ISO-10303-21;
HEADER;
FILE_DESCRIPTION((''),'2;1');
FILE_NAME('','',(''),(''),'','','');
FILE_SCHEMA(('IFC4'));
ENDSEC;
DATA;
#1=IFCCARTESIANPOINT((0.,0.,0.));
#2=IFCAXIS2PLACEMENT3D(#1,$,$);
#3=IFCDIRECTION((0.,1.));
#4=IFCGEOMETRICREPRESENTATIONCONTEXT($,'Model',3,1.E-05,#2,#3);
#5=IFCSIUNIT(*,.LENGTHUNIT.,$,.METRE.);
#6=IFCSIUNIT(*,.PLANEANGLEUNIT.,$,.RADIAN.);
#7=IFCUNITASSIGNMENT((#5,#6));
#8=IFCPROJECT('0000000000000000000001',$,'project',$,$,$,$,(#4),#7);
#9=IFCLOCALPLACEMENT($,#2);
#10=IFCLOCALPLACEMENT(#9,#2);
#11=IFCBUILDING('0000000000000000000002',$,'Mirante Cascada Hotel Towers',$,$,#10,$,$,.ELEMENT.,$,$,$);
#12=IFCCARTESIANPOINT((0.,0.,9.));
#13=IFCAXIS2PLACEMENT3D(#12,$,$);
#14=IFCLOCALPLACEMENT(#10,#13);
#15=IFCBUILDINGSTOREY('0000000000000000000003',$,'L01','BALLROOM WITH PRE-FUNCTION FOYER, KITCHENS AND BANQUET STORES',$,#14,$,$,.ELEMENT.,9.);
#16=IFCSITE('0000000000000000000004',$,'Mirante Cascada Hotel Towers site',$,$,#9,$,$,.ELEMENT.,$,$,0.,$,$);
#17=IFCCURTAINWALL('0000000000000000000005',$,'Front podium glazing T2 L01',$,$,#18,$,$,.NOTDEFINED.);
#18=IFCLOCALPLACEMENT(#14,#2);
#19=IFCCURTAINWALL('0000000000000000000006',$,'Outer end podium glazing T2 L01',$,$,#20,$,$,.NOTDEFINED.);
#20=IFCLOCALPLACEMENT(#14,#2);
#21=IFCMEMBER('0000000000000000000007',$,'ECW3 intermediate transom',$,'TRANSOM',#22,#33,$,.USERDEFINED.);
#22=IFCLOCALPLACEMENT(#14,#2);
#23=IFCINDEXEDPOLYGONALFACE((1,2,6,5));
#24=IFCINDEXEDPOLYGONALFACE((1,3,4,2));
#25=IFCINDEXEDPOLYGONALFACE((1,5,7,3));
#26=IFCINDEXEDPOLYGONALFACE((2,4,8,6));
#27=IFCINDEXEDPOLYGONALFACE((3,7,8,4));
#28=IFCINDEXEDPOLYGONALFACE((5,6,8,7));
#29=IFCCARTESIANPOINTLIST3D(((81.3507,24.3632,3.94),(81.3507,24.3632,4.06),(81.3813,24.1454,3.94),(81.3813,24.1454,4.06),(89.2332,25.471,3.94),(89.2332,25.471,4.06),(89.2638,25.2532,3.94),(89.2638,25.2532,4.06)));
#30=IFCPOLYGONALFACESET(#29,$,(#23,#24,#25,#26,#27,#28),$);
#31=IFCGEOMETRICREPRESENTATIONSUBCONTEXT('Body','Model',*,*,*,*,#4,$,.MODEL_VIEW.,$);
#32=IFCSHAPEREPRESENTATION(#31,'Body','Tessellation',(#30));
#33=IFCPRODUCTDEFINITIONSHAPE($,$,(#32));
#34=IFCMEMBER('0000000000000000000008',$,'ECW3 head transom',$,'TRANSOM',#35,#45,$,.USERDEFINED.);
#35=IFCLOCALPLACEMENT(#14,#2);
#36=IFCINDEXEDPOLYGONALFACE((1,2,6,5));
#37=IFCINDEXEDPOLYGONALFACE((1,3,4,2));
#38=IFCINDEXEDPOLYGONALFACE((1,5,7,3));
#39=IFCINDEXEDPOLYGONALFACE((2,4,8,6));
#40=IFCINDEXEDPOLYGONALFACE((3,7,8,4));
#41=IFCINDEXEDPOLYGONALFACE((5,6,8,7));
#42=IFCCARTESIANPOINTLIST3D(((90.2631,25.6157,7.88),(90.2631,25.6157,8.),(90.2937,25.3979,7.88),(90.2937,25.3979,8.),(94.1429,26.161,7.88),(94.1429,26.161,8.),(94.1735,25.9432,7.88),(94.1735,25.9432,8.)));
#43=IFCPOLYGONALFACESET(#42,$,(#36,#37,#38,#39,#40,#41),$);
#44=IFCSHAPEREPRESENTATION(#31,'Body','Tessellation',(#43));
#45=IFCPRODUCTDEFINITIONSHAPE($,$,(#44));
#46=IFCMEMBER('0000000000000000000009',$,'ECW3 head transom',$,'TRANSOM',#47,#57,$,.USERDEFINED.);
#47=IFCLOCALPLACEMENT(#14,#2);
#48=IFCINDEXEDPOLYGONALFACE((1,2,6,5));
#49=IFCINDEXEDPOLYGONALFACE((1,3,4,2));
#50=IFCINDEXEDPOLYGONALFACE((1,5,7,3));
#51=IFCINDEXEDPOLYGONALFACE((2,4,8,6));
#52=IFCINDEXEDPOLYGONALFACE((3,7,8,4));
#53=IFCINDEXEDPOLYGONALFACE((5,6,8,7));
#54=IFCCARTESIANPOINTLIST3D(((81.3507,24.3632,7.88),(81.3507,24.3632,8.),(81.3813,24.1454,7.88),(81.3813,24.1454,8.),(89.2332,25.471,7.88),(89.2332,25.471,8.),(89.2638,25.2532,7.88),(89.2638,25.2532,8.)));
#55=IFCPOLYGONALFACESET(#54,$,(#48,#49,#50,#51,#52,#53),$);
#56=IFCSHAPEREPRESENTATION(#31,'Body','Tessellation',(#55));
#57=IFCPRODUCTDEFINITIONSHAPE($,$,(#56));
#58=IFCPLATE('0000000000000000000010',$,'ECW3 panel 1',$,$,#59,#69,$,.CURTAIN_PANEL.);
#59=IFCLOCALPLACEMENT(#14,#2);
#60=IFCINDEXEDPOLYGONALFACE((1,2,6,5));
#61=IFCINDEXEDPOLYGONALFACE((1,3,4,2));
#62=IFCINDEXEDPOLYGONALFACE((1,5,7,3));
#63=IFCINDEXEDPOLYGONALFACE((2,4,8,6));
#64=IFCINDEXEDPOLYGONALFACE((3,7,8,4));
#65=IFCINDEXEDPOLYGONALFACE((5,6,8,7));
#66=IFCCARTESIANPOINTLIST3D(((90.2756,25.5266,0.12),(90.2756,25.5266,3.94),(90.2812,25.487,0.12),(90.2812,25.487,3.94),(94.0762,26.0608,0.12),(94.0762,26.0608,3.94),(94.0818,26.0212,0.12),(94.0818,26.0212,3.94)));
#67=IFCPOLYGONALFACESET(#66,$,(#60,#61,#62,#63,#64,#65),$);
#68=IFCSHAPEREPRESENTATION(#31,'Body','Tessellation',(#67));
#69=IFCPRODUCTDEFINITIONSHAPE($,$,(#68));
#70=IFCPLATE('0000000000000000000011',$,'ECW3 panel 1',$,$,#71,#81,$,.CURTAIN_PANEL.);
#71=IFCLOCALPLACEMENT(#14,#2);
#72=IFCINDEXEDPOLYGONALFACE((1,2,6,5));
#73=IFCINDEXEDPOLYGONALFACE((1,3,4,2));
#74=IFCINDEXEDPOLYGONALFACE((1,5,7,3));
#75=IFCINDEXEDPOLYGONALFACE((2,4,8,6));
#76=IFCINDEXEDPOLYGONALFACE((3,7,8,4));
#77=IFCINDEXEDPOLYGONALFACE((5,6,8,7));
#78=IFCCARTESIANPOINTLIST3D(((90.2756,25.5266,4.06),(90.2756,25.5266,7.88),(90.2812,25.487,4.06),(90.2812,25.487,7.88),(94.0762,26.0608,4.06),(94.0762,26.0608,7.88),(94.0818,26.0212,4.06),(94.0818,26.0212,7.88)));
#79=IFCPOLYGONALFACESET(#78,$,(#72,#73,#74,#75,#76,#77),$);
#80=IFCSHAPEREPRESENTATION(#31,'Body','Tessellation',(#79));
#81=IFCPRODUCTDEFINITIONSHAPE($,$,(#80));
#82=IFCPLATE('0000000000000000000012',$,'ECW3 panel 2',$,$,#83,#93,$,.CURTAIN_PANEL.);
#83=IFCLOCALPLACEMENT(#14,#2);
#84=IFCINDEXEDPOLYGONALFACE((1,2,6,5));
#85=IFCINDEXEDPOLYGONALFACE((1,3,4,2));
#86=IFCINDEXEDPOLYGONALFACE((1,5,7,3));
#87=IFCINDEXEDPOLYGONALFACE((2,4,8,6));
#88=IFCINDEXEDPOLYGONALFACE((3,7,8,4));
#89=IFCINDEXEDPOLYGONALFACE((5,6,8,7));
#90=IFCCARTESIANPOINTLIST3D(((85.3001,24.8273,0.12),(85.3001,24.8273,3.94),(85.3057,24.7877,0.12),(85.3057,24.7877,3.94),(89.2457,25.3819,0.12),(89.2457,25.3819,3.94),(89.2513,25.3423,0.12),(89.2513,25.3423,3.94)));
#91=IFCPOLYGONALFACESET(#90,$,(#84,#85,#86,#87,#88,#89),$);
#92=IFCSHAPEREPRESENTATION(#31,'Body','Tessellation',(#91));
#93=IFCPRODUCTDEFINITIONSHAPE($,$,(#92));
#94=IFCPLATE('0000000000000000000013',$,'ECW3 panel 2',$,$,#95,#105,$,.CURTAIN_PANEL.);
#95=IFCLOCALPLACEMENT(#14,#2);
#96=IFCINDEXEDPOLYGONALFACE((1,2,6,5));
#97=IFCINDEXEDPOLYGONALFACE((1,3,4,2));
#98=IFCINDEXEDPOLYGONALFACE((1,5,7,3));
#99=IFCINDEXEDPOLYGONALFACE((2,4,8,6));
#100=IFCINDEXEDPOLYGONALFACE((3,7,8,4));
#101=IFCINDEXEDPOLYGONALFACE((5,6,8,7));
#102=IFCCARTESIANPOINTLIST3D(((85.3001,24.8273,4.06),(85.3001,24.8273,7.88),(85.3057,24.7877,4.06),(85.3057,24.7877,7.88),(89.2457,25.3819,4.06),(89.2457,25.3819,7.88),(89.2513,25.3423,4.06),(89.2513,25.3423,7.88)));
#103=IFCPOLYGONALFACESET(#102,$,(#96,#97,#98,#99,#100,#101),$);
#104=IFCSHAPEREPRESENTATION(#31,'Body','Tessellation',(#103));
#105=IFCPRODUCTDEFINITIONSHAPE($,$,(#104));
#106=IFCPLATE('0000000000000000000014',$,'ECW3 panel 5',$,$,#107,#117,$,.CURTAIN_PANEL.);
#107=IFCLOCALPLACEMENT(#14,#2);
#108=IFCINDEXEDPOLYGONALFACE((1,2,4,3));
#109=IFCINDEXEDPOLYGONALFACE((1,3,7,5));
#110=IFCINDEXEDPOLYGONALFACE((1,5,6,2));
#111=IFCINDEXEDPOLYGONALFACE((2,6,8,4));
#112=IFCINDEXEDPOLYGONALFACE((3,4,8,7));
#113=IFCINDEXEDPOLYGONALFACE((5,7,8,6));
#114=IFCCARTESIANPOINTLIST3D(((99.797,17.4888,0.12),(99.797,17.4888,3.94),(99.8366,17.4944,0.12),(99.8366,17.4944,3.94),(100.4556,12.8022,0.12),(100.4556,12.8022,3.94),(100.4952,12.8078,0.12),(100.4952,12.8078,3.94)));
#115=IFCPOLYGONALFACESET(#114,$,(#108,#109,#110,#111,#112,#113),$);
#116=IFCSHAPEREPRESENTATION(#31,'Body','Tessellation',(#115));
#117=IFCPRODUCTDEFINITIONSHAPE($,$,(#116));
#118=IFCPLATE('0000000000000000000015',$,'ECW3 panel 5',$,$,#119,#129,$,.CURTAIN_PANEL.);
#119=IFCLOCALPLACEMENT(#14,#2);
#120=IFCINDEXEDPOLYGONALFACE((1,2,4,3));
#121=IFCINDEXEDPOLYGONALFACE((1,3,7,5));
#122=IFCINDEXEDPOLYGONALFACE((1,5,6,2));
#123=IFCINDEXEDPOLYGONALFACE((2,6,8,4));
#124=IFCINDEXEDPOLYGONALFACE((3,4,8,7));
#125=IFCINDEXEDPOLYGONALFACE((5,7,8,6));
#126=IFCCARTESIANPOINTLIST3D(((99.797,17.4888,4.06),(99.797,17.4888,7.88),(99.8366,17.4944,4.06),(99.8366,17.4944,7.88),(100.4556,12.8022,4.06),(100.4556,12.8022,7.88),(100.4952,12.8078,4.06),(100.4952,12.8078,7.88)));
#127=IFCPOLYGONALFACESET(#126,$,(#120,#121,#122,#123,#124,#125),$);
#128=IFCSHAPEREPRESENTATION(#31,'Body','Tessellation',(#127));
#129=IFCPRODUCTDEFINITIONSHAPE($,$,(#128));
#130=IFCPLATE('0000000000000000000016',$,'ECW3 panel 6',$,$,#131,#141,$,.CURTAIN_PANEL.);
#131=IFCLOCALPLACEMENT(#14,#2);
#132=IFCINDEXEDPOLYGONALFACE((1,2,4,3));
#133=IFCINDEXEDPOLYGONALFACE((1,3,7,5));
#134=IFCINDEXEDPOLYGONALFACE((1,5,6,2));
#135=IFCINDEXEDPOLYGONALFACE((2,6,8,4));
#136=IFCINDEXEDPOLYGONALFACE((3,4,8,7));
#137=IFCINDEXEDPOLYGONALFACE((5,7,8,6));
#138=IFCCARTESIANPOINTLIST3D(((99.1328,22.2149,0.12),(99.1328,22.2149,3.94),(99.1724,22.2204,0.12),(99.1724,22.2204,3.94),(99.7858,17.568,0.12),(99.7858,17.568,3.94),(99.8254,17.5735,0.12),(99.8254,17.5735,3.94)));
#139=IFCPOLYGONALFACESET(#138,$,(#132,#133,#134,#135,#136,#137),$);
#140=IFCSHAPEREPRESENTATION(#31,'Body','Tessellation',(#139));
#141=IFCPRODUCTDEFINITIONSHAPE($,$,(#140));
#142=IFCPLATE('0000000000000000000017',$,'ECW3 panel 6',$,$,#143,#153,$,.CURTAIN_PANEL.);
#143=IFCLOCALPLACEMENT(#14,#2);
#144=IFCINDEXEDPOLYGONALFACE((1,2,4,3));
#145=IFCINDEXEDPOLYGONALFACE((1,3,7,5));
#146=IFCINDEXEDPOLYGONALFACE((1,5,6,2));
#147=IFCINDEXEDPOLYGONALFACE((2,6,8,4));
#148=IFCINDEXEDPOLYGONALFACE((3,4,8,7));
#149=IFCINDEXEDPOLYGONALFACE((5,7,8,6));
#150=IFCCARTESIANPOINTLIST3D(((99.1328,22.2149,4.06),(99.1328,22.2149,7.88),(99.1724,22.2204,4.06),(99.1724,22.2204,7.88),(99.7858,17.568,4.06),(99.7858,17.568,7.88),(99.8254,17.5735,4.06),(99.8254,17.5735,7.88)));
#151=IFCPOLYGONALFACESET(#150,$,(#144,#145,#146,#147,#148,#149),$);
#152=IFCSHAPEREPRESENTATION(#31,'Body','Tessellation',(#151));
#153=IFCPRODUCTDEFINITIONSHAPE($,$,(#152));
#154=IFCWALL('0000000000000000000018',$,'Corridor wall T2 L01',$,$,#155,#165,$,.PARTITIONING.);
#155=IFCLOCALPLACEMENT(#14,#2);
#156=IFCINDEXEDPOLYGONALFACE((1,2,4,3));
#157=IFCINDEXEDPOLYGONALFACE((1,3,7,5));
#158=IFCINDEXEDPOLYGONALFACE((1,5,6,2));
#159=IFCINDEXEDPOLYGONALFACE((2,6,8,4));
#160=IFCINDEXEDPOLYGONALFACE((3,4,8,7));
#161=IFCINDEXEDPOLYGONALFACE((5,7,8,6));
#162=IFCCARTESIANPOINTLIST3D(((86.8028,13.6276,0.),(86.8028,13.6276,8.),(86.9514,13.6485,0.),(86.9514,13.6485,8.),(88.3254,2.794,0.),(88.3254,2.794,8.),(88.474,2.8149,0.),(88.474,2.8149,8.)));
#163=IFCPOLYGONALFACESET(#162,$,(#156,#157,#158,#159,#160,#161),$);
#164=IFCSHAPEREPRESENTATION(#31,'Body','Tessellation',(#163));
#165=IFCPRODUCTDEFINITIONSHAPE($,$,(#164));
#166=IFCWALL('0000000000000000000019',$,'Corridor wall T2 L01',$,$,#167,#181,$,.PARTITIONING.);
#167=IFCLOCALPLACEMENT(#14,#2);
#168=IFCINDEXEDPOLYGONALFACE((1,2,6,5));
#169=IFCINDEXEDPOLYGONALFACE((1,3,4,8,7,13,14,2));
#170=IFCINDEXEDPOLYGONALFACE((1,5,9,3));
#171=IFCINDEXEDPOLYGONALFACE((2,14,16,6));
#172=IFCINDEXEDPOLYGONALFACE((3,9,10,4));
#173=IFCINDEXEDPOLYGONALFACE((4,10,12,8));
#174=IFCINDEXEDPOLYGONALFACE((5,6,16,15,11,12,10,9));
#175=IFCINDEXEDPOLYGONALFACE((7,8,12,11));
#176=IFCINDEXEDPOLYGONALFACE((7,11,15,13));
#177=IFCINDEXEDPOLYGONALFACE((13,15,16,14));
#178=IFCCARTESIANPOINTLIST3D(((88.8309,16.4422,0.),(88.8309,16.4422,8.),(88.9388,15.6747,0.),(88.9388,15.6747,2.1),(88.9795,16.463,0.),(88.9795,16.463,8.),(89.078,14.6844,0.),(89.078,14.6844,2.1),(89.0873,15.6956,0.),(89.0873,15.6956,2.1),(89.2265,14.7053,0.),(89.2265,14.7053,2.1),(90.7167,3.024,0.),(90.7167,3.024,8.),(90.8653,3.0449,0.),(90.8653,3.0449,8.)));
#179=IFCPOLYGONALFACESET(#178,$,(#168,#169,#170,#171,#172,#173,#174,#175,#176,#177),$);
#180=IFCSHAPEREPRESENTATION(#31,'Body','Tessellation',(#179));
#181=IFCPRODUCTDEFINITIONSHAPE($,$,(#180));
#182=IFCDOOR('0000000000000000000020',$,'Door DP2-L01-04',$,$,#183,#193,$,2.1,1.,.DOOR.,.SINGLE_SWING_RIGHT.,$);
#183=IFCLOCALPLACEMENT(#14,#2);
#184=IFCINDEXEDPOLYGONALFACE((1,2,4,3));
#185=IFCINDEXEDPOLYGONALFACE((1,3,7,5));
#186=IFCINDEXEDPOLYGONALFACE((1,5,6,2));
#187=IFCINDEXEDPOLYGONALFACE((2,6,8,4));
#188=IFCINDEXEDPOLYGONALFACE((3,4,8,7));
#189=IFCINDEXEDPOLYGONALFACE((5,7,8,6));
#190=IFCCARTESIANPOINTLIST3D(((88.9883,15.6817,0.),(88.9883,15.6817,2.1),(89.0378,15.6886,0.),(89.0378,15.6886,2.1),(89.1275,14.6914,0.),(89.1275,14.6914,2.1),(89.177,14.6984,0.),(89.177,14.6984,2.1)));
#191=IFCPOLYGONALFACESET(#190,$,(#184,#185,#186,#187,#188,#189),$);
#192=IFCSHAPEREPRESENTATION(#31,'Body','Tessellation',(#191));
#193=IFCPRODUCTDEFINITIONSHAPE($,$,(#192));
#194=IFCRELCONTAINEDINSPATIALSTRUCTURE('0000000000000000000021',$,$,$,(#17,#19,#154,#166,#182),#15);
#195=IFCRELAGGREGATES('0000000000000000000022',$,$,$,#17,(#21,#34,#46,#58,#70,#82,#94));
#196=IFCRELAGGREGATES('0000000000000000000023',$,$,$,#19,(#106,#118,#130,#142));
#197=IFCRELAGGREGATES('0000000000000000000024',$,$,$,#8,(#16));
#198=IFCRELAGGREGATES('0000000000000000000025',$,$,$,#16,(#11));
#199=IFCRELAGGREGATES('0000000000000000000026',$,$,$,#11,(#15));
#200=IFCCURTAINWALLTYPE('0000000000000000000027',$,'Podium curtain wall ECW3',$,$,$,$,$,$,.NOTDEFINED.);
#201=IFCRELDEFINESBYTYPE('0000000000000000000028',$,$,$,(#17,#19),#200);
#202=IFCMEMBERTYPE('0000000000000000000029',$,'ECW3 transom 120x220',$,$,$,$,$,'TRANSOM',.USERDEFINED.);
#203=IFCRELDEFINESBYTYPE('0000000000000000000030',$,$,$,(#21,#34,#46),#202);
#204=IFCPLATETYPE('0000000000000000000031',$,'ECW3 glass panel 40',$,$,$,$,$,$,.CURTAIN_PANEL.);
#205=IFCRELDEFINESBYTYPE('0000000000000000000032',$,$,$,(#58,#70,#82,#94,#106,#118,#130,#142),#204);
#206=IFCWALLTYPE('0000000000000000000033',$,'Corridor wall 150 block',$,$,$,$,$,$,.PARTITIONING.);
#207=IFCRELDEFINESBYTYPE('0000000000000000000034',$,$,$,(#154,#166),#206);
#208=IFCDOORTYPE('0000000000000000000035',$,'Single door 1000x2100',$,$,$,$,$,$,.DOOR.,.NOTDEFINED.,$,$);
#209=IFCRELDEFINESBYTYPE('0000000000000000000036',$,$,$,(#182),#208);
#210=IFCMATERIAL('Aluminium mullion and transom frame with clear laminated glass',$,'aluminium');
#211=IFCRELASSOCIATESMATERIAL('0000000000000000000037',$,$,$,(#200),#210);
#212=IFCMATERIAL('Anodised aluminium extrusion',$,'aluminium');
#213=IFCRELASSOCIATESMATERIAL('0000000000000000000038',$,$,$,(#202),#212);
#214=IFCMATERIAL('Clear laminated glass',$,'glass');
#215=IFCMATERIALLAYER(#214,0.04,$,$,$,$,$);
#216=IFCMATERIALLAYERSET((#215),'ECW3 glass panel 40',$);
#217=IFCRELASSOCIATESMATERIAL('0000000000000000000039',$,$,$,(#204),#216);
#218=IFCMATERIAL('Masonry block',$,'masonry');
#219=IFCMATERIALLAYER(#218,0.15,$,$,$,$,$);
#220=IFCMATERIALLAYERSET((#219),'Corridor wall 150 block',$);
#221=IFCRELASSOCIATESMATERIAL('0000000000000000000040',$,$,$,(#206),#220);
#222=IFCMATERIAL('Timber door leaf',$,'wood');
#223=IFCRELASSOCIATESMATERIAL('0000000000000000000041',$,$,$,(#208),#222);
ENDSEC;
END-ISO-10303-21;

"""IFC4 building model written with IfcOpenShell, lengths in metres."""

from ifc_helpers import new_model, si_unit, direction, frame, frame_2d, origin, origin_2d, place, context, subcontext, project, spatial, rectangle, extrude, material, layer, layer_set, material_profile, profile_set, type_object, element, fill, aggregate, save


model = new_model("IFC4")

# Units and contexts
model_context = context("Model", 3, precision=1e-05, world=origin(), true_north=direction((0.0, 1.0)))
body_context = subcontext(model_context, "Body", "Model", "MODEL_VIEW")
ifc_project = project(units=[si_unit("LENGTHUNIT", "METRE"), si_unit("PLANEANGLEUNIT", "RADIAN")], contexts=[model_context])

# Site, building, storey
site_placement = place(None, origin())
site = spatial("IfcSite", under=ifc_project, at=site_placement, Name="Mirante Cascada Hotel Towers site", CompositionType="ELEMENT", RefElevation=0.0)
building_placement = place(site_placement, origin())
building = spatial("IfcBuilding", under=site, at=building_placement, Name="Mirante Cascada Hotel Towers", CompositionType="ELEMENT")
storey_placement = place(building_placement, frame((0.0, 0.0, 9.0)))
storey = spatial("IfcBuildingStorey", under=building, at=storey_placement, Name="L01", Description="BALLROOM WITH PRE-FUNCTION FOYER, KITCHENS AND BANQUET STORES", CompositionType="ELEMENT", Elevation=9.0)

# Curtain walls
ifc_material_1 = material(Name="Aluminium mullion and transom frame with clear laminated glass", Category="aluminium")
curtain_wall_type = type_object("IfcCurtainWallType", Name="Podium curtain wall ECW3", PredefinedType="NOTDEFINED", material=ifc_material_1)
curtain_wall_1_placement = place(storey_placement, origin())
curtain_wall_1 = element("IfcCurtainWall", 1, at=curtain_wall_1_placement, inside=storey, type_object=curtain_wall_type, Name="Front podium glazing T2 L01", PredefinedType="NOTDEFINED")
curtain_wall_2_placement = place(storey_placement, origin())
curtain_wall_2 = element("IfcCurtainWall", 2, at=curtain_wall_2_placement, inside=storey, type_object=curtain_wall_type, Name="Outer end podium glazing T2 L01", PredefinedType="NOTDEFINED")

# Members
ifc_material_2 = material(Name="Anodised aluminium extrusion", Category="aluminium")
ifc_material_profile_1 = material_profile(ifc_material_2, rectangle(XDim=0.22, YDim=0.12, at=origin_2d()), Name="ECW3 TRANSOM 120x220")
ifc_profile_set_1 = profile_set([ifc_material_profile_1], Name="Anodised aluminium extrusion")
member_type_1 = type_object("IfcMemberType", Name="ECW3 transom 120x220", ElementType="TRANSOM", PredefinedType="USERDEFINED", material=ifc_profile_set_1)
member_1_placement = place(storey_placement, frame((89.2485, 25.3621, 4.0), z_axis=(-0.990268, -0.139172, 0.0), x_axis=(0.139172, -0.990268, 0.0)))
member_1 = element("IfcMember", 3, at=member_1_placement, type_object=member_type_1, Name="ECW3 intermediate transom", ObjectType="TRANSOM", PredefinedType="USERDEFINED", context=body_context, shape_type="SweptSolid", body=[
    extrude(rectangle(XDim=0.22, YDim=0.12, at=origin_2d()), origin(), (0.0, 0.0, 1.0), 7.96),
])
member_2_placement = place(storey_placement, frame((94.1582, 26.0521, 7.94), z_axis=(-0.990267, -0.139181, 0.0), x_axis=(0.139181, -0.990267, 0.0)))
member_2 = element("IfcMember", 4, at=member_2_placement, type_object=member_type_1, Name="ECW3 head transom", ObjectType="TRANSOM", PredefinedType="USERDEFINED", context=body_context, shape_type="SweptSolid", body=[
    extrude(rectangle(XDim=0.22, YDim=0.12, at=origin_2d()), origin(), (0.0, 0.0, 1.0), 3.9179),
])
member_3_placement = place(storey_placement, frame((89.2485, 25.3621, 7.94), z_axis=(-0.990268, -0.139172, 0.0), x_axis=(0.139172, -0.990268, 0.0)))
member_3 = element("IfcMember", 5, at=member_3_placement, type_object=member_type_1, Name="ECW3 head transom", ObjectType="TRANSOM", PredefinedType="USERDEFINED", context=body_context, shape_type="SweptSolid", body=[
    extrude(rectangle(XDim=0.22, YDim=0.12, at=origin_2d()), origin(), (0.0, 0.0, 1.0), 7.96),
])

# Plates
ifc_material_3 = material(Name="Clear laminated glass", Category="glass")
ifc_layer_1 = layer(ifc_material_3, 0.04)
ifc_layer_set_1 = layer_set([ifc_layer_1], Name="ECW3 glass panel 40")
plate_type = type_object("IfcPlateType", Name="ECW3 glass panel 40", PredefinedType="CURTAIN_PANEL", material=ifc_layer_set_1)
plate_1_placement = place(storey_placement, frame((92.1787, 25.7739, 0.12), z_axis=(0.0, 0.0, 1.0), x_axis=(-0.990268, -0.139173, 0.0)))
plate_1 = element("IfcPlate", 6, at=plate_1_placement, type_object=plate_type, Name="ECW3 panel 1", PredefinedType="CURTAIN_PANEL", context=body_context, shape_type="SweptSolid", body=[
    extrude(rectangle(XDim=3.8379, YDim=0.04, at=origin_2d()), origin(), (0.0, 0.0, 1.0), 3.82),
])
plate_2_placement = place(storey_placement, frame((92.1787, 25.7739, 4.06), z_axis=(0.0, 0.0, 1.0), x_axis=(-0.990268, -0.139173, 0.0)))
plate_2 = element("IfcPlate", 7, at=plate_2_placement, type_object=plate_type, Name="ECW3 panel 1", PredefinedType="CURTAIN_PANEL", context=body_context, shape_type="SweptSolid", body=[
    extrude(rectangle(XDim=3.8379, YDim=0.04, at=origin_2d()), origin(), (0.0, 0.0, 1.0), 3.82),
])
plate_3_placement = place(storey_placement, frame((87.2757, 25.0848, 0.12), z_axis=(0.0, 0.0, 1.0), x_axis=(-0.990268, -0.139173, 0.0)))
plate_3 = element("IfcPlate", 8, at=plate_3_placement, type_object=plate_type, Name="ECW3 panel 2", PredefinedType="CURTAIN_PANEL", context=body_context, shape_type="SweptSolid", body=[
    extrude(rectangle(XDim=3.9844, YDim=0.04, at=origin_2d()), origin(), (0.0, 0.0, 1.0), 3.82),
])
plate_4_placement = place(storey_placement, frame((87.2757, 25.0848, 4.06), z_axis=(0.0, 0.0, 1.0), x_axis=(-0.990268, -0.139173, 0.0)))
plate_4 = element("IfcPlate", 9, at=plate_4_placement, type_object=plate_type, Name="ECW3 panel 2", PredefinedType="CURTAIN_PANEL", context=body_context, shape_type="SweptSolid", body=[
    extrude(rectangle(XDim=3.9844, YDim=0.04, at=origin_2d()), origin(), (0.0, 0.0, 1.0), 3.82),
])
aggregate(curtain_wall_1, [member_1, member_2, member_3, plate_1, plate_2, plate_3, plate_4])
plate_5_placement = place(storey_placement, frame((100.1461, 15.1483, 0.12), z_axis=(0.0, 0.0, 1.0), x_axis=(-0.139173, 0.990268, 0.0)))
plate_5 = element("IfcPlate", 10, at=plate_5_placement, type_object=plate_type, Name="ECW3 panel 5", PredefinedType="CURTAIN_PANEL", context=body_context, shape_type="SweptSolid", body=[
    extrude(rectangle(XDim=4.7326, YDim=0.04, at=origin_2d()), origin(), (0.0, 0.0, 1.0), 3.82),
])
plate_6_placement = place(storey_placement, frame((100.1461, 15.1483, 4.06), z_axis=(0.0, 0.0, 1.0), x_axis=(-0.139173, 0.990268, 0.0)))
plate_6 = element("IfcPlate", 11, at=plate_6_placement, type_object=plate_type, Name="ECW3 panel 5", PredefinedType="CURTAIN_PANEL", context=body_context, shape_type="SweptSolid", body=[
    extrude(rectangle(XDim=4.7326, YDim=0.04, at=origin_2d()), origin(), (0.0, 0.0, 1.0), 3.82),
])
plate_7_placement = place(storey_placement, frame((99.4791, 19.8942, 0.12), z_axis=(0.0, 0.0, 1.0), x_axis=(-0.139173, 0.990268, 0.0)))
plate_7 = element("IfcPlate", 12, at=plate_7_placement, type_object=plate_type, Name="ECW3 panel 6", PredefinedType="CURTAIN_PANEL", context=body_context, shape_type="SweptSolid", body=[
    extrude(rectangle(XDim=4.6926, YDim=0.04, at=origin_2d()), origin(), (0.0, 0.0, 1.0), 3.82),
])
plate_8_placement = place(storey_placement, frame((99.4791, 19.8942, 4.06), z_axis=(0.0, 0.0, 1.0), x_axis=(-0.139173, 0.990268, 0.0)))
plate_8 = element("IfcPlate", 13, at=plate_8_placement, type_object=plate_type, Name="ECW3 panel 6", PredefinedType="CURTAIN_PANEL", context=body_context, shape_type="SweptSolid", body=[
    extrude(rectangle(XDim=4.6926, YDim=0.04, at=origin_2d()), origin(), (0.0, 0.0, 1.0), 3.82),
])
aggregate(curtain_wall_2, [plate_5, plate_6, plate_7, plate_8])

# Wall
ifc_material_4 = material(Name="Masonry block", Category="masonry")
ifc_layer_2 = layer(ifc_material_4, 0.15)
ifc_layer_set_2 = layer_set([ifc_layer_2], Name="Corridor wall 150 block")
wall_type_1 = type_object("IfcWallType", Name="Corridor wall 150 block", PredefinedType="PARTITIONING", material=ifc_layer_set_2)
wall_1_placement = place(storey_placement, frame((86.8771, 13.638, 0.0), z_axis=(0.0, 0.0, 1.0), x_axis=(0.139176, -0.990268, 0.0)))
element("IfcWall", 14, at=wall_1_placement, inside=storey, type_object=wall_type_1, Name="Corridor wall T2 L01", PredefinedType="PARTITIONING", context=body_context, shape_type="SweptSolid", body=[
    extrude(rectangle(XDim=10.9401, YDim=0.15, at=frame_2d((5.47, 0.0))), origin(), (0.0, 0.0, 1.0), 8.0),
])

# Wall, opening, door
wall_2_placement = place(storey_placement, frame((88.9052, 16.4526, 0.0), z_axis=(0.0, 0.0, 1.0), x_axis=(0.139174, -0.990268, 0.0)))
wall_2 = element("IfcWall", 15, at=wall_2_placement, inside=storey, type_object=wall_type_1, Name="Corridor wall T2 L01", PredefinedType="PARTITIONING", context=body_context, shape_type="SweptSolid", body=[
    extrude(rectangle(XDim=13.55, YDim=0.15, at=frame_2d((6.775, 0.0))), origin(), (0.0, 0.0, 1.0), 8.0),
])
opening_placement = place(wall_2_placement, frame((0.775, 0.0, 0.0)))
opening = element("IfcOpeningElement", 16, at=opening_placement, cuts=wall_2, PredefinedType="OPENING", context=body_context, shape_type="SweptSolid", body=[
    extrude(rectangle(XDim=1.0, YDim=2.1, at=frame_2d((0.5, 1.05))), frame((0.0, 0.075, 0.0), z_axis=(0.0, -1.0, 0.0), x_axis=(1.0, 0.0, 0.0)), (0.0, 0.0, 1.0), 0.15),
])
ifc_material_5 = material(Name="Timber door leaf", Category="wood")
door_type = type_object("IfcDoorType", Name="Single door 1000x2100", OperationType="NOTDEFINED", PredefinedType="DOOR", material=ifc_material_5)
door_placement = place(opening_placement, origin())
door = element("IfcDoor", 17, at=door_placement, inside=storey, type_object=door_type, Name="Door DP2-L01-04", OperationType="SINGLE_SWING_RIGHT", OverallHeight=2.1, OverallWidth=1.0, PredefinedType="DOOR", context=body_context, shape_type="SweptSolid", body=[
    extrude(rectangle(XDim=1.0, YDim=2.1, at=frame_2d((0.5, 1.05))), frame((0.0, 0.025, 0.0), z_axis=(0.0, -1.0, 0.0), x_axis=(1.0, 0.0, 0.0)), (0.0, 0.0, 1.0), 0.05),
])
fill(opening, door)

save(model, "model.ifc")
